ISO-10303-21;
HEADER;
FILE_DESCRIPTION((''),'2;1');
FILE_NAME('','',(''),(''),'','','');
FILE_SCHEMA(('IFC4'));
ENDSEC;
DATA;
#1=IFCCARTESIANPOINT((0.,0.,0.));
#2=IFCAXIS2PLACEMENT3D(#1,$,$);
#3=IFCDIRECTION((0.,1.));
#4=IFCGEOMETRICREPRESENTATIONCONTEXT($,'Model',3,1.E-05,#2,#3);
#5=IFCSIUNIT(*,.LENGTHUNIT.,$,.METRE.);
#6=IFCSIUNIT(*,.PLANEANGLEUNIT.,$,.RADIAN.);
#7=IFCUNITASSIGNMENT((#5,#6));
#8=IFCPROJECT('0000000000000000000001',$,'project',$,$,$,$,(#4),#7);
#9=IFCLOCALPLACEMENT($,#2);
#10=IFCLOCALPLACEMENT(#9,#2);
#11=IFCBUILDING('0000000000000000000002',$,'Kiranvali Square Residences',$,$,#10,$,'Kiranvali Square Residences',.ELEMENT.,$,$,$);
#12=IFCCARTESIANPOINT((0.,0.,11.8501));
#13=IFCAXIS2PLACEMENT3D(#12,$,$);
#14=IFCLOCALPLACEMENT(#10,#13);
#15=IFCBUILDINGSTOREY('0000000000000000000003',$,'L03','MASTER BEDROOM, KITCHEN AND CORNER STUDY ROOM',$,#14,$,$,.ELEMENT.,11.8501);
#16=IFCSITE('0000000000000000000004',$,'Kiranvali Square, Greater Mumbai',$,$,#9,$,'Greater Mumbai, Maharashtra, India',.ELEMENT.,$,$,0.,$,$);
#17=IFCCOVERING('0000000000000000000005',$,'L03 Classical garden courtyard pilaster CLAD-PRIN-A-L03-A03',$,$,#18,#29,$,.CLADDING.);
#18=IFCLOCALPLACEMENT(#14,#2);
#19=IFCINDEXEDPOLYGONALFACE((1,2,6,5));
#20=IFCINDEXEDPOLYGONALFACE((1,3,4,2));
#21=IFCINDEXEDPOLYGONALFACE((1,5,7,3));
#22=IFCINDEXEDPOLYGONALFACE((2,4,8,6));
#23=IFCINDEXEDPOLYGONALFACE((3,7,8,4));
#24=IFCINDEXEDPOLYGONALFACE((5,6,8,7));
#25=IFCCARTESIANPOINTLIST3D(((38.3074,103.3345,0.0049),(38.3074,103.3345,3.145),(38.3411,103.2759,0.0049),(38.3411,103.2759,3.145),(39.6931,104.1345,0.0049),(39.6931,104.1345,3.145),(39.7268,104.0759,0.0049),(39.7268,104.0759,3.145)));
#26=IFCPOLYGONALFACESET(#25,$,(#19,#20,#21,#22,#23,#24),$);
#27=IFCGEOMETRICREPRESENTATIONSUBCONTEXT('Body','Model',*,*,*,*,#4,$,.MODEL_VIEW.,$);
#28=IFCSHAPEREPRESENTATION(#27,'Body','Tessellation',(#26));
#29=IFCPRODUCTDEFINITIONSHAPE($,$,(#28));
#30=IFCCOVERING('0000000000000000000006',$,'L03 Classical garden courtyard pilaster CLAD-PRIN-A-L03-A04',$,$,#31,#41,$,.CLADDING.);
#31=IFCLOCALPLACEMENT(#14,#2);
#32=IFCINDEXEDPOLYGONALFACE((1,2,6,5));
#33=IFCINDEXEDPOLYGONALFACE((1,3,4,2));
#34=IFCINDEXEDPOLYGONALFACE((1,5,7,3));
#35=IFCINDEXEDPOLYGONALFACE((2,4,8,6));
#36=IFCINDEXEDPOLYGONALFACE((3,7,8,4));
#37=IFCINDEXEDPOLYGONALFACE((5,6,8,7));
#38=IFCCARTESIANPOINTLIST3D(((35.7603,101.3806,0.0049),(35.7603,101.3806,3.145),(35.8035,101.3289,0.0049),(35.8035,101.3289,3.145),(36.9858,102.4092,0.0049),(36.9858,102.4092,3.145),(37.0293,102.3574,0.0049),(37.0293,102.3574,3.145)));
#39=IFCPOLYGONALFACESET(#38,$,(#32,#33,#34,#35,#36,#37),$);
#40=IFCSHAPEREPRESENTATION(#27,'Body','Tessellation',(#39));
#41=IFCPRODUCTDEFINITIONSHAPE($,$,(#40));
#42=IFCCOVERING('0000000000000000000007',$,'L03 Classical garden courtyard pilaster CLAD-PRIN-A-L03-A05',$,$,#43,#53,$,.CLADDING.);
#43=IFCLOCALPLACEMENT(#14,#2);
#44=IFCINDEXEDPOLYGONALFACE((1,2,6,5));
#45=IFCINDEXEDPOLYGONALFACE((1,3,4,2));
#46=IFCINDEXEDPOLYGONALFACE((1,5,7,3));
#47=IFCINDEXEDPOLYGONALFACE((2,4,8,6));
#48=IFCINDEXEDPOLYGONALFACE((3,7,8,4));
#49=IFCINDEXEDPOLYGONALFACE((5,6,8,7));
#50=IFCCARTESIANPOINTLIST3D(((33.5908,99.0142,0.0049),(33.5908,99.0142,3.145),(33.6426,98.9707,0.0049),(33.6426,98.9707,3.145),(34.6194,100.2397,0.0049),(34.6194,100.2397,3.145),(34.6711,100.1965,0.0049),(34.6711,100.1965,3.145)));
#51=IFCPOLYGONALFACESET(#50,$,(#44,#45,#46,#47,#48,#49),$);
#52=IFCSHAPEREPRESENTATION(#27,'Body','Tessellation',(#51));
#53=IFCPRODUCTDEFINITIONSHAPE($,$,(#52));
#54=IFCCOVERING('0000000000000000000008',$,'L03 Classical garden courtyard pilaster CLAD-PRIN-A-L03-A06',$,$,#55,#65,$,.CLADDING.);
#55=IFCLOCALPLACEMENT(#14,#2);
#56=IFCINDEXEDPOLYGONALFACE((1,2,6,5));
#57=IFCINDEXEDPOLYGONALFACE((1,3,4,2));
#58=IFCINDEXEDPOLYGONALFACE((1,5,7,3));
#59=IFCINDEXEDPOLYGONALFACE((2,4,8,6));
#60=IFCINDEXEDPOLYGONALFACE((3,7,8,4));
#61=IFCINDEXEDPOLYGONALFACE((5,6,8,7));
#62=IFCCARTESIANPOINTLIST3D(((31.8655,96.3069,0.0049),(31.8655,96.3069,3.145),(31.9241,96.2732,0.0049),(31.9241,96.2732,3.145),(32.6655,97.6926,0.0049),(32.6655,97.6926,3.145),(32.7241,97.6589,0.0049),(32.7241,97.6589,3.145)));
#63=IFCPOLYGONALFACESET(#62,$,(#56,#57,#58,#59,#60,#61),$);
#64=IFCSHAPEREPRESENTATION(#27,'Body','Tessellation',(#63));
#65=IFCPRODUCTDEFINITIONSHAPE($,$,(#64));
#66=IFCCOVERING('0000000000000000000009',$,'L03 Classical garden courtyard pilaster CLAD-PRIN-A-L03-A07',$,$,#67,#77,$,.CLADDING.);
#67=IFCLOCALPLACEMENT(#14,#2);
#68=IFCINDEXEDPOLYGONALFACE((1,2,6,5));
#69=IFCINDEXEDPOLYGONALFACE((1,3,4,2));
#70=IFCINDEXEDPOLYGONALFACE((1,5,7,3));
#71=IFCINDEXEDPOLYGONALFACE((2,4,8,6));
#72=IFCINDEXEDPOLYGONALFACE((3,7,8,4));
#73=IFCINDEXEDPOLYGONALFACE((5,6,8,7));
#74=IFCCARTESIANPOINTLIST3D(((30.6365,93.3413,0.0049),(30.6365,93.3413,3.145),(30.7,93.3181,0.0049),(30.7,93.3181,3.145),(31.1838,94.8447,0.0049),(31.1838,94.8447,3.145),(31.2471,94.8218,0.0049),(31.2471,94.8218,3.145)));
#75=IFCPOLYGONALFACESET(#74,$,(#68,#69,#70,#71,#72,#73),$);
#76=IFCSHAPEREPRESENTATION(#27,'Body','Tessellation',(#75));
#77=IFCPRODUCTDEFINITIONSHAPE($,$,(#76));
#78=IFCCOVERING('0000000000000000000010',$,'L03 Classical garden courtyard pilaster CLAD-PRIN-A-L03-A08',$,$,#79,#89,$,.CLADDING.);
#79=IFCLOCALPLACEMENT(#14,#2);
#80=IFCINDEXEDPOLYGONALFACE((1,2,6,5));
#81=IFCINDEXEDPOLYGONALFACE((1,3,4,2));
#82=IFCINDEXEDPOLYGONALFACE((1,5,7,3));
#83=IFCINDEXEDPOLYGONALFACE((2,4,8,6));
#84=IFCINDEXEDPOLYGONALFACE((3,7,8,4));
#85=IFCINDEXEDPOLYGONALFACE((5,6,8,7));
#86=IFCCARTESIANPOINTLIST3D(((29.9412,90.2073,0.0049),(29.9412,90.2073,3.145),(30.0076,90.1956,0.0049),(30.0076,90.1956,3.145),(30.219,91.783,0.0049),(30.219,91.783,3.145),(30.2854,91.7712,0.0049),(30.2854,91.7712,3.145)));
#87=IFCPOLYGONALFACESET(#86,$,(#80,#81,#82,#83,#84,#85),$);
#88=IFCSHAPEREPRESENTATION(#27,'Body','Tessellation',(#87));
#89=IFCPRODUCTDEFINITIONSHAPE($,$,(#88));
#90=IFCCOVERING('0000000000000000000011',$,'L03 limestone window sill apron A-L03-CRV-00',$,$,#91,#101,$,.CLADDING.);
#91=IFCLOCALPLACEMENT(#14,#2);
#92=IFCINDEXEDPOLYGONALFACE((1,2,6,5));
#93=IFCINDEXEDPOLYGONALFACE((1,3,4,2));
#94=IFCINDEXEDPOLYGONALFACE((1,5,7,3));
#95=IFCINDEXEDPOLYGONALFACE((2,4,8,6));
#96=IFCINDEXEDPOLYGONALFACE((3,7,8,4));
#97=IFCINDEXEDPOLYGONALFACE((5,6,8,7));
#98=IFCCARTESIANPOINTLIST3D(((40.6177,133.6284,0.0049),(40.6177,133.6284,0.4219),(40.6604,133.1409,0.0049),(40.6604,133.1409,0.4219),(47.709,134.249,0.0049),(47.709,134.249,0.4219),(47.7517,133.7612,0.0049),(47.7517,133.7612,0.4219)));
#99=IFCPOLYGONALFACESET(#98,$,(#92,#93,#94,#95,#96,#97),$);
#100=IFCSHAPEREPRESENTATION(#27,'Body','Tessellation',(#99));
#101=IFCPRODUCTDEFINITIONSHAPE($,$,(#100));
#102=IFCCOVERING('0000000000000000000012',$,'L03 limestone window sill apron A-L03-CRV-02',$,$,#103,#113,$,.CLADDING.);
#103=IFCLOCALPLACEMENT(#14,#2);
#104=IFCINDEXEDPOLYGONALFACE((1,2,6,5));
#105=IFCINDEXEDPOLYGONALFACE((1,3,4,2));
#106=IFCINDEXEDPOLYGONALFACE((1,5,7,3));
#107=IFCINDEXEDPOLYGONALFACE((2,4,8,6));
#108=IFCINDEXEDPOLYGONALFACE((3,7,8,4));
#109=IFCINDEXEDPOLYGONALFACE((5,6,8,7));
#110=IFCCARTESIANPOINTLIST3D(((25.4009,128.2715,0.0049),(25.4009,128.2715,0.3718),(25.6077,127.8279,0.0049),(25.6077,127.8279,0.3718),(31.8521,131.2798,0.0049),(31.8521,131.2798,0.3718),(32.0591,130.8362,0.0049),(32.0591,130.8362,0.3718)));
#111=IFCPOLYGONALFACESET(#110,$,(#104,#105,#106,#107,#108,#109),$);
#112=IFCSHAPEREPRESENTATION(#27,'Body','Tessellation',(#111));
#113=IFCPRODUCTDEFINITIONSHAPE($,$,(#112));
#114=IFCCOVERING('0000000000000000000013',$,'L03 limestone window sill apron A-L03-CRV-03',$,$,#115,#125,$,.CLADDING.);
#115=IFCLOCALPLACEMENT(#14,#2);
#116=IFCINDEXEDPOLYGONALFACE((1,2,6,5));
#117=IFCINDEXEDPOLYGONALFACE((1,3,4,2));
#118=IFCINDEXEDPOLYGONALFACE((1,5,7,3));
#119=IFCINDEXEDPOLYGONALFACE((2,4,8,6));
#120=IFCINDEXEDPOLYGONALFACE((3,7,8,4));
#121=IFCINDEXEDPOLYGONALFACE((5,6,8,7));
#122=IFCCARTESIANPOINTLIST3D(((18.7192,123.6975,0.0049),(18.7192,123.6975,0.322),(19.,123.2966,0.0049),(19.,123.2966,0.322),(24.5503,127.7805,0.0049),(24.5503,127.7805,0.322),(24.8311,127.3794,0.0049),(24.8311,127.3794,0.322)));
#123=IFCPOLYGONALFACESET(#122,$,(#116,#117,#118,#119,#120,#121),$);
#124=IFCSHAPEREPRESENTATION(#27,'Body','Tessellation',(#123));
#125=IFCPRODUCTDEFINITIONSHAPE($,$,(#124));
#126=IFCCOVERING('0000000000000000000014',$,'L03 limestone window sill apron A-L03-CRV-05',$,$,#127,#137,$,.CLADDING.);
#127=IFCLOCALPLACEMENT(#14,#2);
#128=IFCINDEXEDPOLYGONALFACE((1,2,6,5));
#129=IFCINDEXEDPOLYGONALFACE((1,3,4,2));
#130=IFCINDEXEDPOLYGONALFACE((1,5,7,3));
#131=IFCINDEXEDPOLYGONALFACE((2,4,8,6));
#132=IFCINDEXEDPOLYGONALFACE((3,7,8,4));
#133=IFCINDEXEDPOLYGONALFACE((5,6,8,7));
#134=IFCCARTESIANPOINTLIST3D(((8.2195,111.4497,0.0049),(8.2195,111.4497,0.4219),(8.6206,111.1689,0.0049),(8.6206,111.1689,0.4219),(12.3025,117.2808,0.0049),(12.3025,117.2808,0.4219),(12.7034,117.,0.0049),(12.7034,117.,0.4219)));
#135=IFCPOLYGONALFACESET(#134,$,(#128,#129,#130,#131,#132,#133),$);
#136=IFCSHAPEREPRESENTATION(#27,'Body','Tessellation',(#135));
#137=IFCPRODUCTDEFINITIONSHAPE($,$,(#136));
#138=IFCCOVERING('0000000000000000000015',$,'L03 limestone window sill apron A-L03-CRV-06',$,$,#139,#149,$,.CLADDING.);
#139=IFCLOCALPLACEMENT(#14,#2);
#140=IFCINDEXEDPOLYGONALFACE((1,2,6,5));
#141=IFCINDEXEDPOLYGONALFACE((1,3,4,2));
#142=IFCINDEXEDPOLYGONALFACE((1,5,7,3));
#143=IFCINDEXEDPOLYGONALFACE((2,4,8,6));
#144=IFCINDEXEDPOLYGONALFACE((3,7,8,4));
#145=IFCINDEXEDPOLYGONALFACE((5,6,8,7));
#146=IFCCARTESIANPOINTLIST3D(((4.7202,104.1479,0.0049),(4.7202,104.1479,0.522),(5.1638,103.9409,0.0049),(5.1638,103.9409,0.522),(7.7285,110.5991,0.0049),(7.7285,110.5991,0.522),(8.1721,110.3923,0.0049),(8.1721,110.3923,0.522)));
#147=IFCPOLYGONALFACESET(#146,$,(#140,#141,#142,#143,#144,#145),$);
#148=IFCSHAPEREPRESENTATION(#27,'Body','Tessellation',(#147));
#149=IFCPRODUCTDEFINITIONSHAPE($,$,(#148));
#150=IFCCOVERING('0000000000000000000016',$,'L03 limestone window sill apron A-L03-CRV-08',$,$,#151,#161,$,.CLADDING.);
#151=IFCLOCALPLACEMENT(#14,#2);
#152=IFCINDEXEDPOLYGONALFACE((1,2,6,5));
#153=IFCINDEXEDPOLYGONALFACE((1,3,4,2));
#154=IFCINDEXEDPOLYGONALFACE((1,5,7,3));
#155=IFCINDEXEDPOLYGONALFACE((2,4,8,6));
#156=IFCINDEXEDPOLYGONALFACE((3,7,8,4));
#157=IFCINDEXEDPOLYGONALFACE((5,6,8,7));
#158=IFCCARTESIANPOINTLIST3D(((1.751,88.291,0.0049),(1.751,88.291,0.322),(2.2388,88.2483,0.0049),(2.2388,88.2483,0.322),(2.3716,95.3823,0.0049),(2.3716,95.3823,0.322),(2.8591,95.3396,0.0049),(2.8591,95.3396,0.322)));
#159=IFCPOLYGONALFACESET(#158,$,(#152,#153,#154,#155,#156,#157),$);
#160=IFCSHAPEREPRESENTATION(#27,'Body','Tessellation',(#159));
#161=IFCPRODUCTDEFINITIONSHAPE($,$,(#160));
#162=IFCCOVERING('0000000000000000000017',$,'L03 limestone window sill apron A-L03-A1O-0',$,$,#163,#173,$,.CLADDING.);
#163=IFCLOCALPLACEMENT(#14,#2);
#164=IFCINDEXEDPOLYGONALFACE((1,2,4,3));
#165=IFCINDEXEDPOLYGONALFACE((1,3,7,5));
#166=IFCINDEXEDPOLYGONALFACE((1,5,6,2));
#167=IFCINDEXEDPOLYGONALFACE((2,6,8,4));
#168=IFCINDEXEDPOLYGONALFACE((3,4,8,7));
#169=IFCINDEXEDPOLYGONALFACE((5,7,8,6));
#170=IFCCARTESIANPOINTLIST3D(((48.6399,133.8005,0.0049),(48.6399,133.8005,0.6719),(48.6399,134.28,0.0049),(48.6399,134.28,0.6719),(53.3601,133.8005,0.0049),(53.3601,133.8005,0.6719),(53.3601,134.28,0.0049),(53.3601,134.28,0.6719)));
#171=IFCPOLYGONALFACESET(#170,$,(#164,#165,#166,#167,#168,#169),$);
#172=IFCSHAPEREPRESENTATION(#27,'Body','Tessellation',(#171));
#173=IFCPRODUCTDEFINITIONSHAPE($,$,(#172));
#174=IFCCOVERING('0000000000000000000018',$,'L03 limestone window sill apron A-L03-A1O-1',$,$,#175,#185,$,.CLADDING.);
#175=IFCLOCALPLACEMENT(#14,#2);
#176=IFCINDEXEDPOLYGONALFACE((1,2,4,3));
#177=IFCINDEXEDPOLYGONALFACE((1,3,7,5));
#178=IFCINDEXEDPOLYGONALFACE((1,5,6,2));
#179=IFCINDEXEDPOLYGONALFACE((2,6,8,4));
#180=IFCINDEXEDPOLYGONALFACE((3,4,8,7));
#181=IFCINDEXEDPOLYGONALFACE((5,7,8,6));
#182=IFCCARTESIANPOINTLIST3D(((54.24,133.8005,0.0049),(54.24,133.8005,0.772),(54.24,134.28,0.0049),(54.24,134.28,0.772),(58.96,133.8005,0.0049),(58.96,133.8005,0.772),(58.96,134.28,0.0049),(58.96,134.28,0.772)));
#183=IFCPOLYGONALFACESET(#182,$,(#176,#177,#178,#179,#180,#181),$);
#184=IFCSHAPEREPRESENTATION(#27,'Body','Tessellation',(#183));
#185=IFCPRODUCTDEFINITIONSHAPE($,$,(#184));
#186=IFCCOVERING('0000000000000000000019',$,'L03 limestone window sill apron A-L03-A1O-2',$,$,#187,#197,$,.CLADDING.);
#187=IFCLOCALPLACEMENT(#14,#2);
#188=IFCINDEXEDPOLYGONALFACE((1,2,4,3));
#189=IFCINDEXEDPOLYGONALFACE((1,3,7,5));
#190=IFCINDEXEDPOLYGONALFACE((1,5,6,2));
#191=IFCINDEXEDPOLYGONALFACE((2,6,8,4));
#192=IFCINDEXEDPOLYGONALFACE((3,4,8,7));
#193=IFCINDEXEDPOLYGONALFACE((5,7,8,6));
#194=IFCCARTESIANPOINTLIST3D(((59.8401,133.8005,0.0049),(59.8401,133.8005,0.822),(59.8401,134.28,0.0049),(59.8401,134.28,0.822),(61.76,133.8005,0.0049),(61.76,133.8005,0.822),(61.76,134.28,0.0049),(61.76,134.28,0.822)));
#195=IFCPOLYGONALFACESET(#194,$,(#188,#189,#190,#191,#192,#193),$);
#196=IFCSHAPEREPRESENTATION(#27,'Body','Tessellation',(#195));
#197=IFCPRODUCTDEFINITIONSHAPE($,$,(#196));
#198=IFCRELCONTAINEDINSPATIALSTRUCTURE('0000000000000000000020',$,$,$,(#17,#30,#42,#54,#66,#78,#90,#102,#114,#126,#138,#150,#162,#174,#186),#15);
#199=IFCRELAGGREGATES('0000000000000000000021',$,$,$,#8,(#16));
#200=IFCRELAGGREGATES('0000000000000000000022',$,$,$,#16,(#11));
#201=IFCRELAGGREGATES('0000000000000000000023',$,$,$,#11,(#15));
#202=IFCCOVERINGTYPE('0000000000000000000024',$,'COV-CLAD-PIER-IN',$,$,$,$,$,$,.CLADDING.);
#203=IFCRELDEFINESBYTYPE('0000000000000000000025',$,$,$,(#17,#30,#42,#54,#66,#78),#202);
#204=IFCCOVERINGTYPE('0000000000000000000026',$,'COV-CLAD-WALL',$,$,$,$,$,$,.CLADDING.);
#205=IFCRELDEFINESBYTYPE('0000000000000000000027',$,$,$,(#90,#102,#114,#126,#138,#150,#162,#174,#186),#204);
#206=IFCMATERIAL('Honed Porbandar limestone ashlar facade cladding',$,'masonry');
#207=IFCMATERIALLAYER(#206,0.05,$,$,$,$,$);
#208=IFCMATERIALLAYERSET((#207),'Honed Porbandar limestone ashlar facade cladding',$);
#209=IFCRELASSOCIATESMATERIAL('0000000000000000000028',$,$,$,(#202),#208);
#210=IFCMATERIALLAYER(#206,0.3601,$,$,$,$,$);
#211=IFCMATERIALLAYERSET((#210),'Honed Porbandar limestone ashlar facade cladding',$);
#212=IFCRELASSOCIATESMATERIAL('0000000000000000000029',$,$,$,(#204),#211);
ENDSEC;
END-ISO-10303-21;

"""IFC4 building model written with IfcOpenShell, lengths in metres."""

from ifc_helpers import new_model, si_unit, direction, frame, origin, place, context, subcontext, project, spatial, polyline, outline, extrude, material, layer, layer_set, type_object, element, save


model = new_model("IFC4")

# Units and contexts
model_context = context("Model", 3, precision=1e-05, world=origin(), true_north=direction((0.0, 1.0)))
body_context = subcontext(model_context, "Body", "Model", "MODEL_VIEW")
ifc_project = project(units=[si_unit("LENGTHUNIT", "METRE"), si_unit("PLANEANGLEUNIT", "RADIAN")], contexts=[model_context])

# Site, building, storey
site_placement = place(None, origin())
site = spatial("IfcSite", under=ifc_project, at=site_placement, Name="Kiranvali Square, Greater Mumbai", LongName="Greater Mumbai, Maharashtra, India", CompositionType="ELEMENT", RefElevation=0.0)
building_placement = place(site_placement, origin())
building = spatial("IfcBuilding", under=site, at=building_placement, Name="Kiranvali Square Residences", LongName="Kiranvali Square Residences", CompositionType="ELEMENT")
storey_placement = place(building_placement, frame((0.0, 0.0, 11.8501)))
storey = spatial("IfcBuildingStorey", under=building, at=storey_placement, Name="L03", Description="MASTER BEDROOM, KITCHEN AND CORNER STUDY ROOM", CompositionType="ELEMENT", Elevation=11.8501)

# Coverings
ifc_material = material(Name="Honed Porbandar limestone ashlar facade cladding", Category="masonry")
ifc_layer_1 = layer(ifc_material, 0.05)
ifc_layer_set_1 = layer_set([ifc_layer_1], Name="Honed Porbandar limestone ashlar facade cladding")
covering_type_1 = type_object("IfcCoveringType", Name="COV-CLAD-PIER-IN", PredefinedType="CLADDING", material=ifc_layer_set_1)
covering_1_placement = place(storey_placement, frame((0.0, 0.0, 0.0049)))
element("IfcCovering", 1, at=covering_1_placement, inside=storey, type_object=covering_type_1, Name="L03 Classical garden courtyard pilaster CLAD-PRIN-A-L03-A03", PredefinedType="CLADDING", context=body_context, shape_type="SweptSolid", body=[
    extrude(outline(polyline([(38.3411, 103.2759), (39.7268, 104.0759), (39.6931, 104.1345), (38.3074, 103.3345), (38.3411, 103.2759)])), origin(), (0.0, 0.0, 1.0), 3.1401),
])
covering_2_placement = place(storey_placement, frame((0.0, 0.0, 0.0049)))
element("IfcCovering", 2, at=covering_2_placement, inside=storey, type_object=covering_type_1, Name="L03 Classical garden courtyard pilaster CLAD-PRIN-A-L03-A04", PredefinedType="CLADDING", context=body_context, shape_type="SweptSolid", body=[
    extrude(outline(polyline([(35.8035, 101.3289), (37.0293, 102.3574), (36.9858, 102.4092), (35.7603, 101.3806), (35.8035, 101.3289)])), origin(), (0.0, 0.0, 1.0), 3.1401),
])
covering_3_placement = place(storey_placement, frame((0.0, 0.0, 0.0049)))
element("IfcCovering", 3, at=covering_3_placement, inside=storey, type_object=covering_type_1, Name="L03 Classical garden courtyard pilaster CLAD-PRIN-A-L03-A05", PredefinedType="CLADDING", context=body_context, shape_type="SweptSolid", body=[
    extrude(outline(polyline([(33.6426, 98.9707), (34.6711, 100.1965), (34.6194, 100.2397), (33.5908, 99.0142), (33.6426, 98.9707)])), origin(), (0.0, 0.0, 1.0), 3.1401),
])
covering_4_placement = place(storey_placement, frame((0.0, 0.0, 0.0049)))
element("IfcCovering", 4, at=covering_4_placement, inside=storey, type_object=covering_type_1, Name="L03 Classical garden courtyard pilaster CLAD-PRIN-A-L03-A06", PredefinedType="CLADDING", context=body_context, shape_type="SweptSolid", body=[
    extrude(outline(polyline([(31.9241, 96.2732), (32.7241, 97.6589), (32.6655, 97.6926), (31.8655, 96.3069), (31.9241, 96.2732)])), origin(), (0.0, 0.0, 1.0), 3.1401),
])
covering_5_placement = place(storey_placement, frame((0.0, 0.0, 0.0049)))
element("IfcCovering", 5, at=covering_5_placement, inside=storey, type_object=covering_type_1, Name="L03 Classical garden courtyard pilaster CLAD-PRIN-A-L03-A07", PredefinedType="CLADDING", context=body_context, shape_type="SweptSolid", body=[
    extrude(outline(polyline([(30.7, 93.3181), (31.2471, 94.8218), (31.1838, 94.8447), (30.6365, 93.3413), (30.7, 93.3181)])), origin(), (0.0, 0.0, 1.0), 3.1401),
])
covering_6_placement = place(storey_placement, frame((0.0, 0.0, 0.0049)))
element("IfcCovering", 6, at=covering_6_placement, inside=storey, type_object=covering_type_1, Name="L03 Classical garden courtyard pilaster CLAD-PRIN-A-L03-A08", PredefinedType="CLADDING", context=body_context, shape_type="SweptSolid", body=[
    extrude(outline(polyline([(30.0076, 90.1956), (30.2854, 91.7712), (30.219, 91.783), (29.9412, 90.2073), (30.0076, 90.1956)])), origin(), (0.0, 0.0, 1.0), 3.1401),
])
ifc_layer_2 = layer(ifc_material, 0.3601)
ifc_layer_set_2 = layer_set([ifc_layer_2], Name="Honed Porbandar limestone ashlar facade cladding")
covering_type_2 = type_object("IfcCoveringType", Name="COV-CLAD-WALL", PredefinedType="CLADDING", material=ifc_layer_set_2)
covering_7_placement = place(storey_placement, frame((0.0, 0.0, 0.0049)))
element("IfcCovering", 7, at=covering_7_placement, inside=storey, type_object=covering_type_2, Name="L03 limestone window sill apron A-L03-CRV-00", PredefinedType="CLADDING", context=body_context, shape_type="SweptSolid", body=[
    extrude(outline(polyline([(47.709, 134.249), (40.6177, 133.6284), (40.6604, 133.1409), (47.7517, 133.7612), (47.709, 134.249)])), origin(), (0.0, 0.0, 1.0), 0.417),
])
covering_8_placement = place(storey_placement, frame((0.0, 0.0, 0.0049)))
element("IfcCovering", 8, at=covering_8_placement, inside=storey, type_object=covering_type_2, Name="L03 limestone window sill apron A-L03-CRV-02", PredefinedType="CLADDING", context=body_context, shape_type="SweptSolid", body=[
    extrude(outline(polyline([(31.8521, 131.2798), (25.4009, 128.2715), (25.6077, 127.8279), (32.0591, 130.8362), (31.8521, 131.2798)])), origin(), (0.0, 0.0, 1.0), 0.3669),
])
covering_9_placement = place(storey_placement, frame((0.0, 0.0, 0.0049)))
element("IfcCovering", 9, at=covering_9_placement, inside=storey, type_object=covering_type_2, Name="L03 limestone window sill apron A-L03-CRV-03", PredefinedType="CLADDING", context=body_context, shape_type="SweptSolid", body=[
    extrude(outline(polyline([(24.5503, 127.7805), (18.7192, 123.6975), (19.0, 123.2966), (24.8311, 127.3794), (24.5503, 127.7805)])), origin(), (0.0, 0.0, 1.0), 0.3171),
])
covering_10_placement = place(storey_placement, frame((0.0, 0.0, 0.0049)))
element("IfcCovering", 10, at=covering_10_placement, inside=storey, type_object=covering_type_2, Name="L03 limestone window sill apron A-L03-CRV-05", PredefinedType="CLADDING", context=body_context, shape_type="SweptSolid", body=[
    extrude(outline(polyline([(12.3025, 117.2808), (8.2195, 111.4497), (8.6206, 111.1689), (12.7034, 117.0), (12.3025, 117.2808)])), origin(), (0.0, 0.0, 1.0), 0.417),
])
covering_11_placement = place(storey_placement, frame((0.0, 0.0, 0.0049)))
element("IfcCovering", 11, at=covering_11_placement, inside=storey, type_object=covering_type_2, Name="L03 limestone window sill apron A-L03-CRV-06", PredefinedType="CLADDING", context=body_context, shape_type="SweptSolid", body=[
    extrude(outline(polyline([(7.7285, 110.5991), (4.7202, 104.1479), (5.1638, 103.9409), (8.1721, 110.3923), (7.7285, 110.5991)])), origin(), (0.0, 0.0, 1.0), 0.5171),
])
covering_12_placement = place(storey_placement, frame((0.0, 0.0, 0.0049)))
element("IfcCovering", 12, at=covering_12_placement, inside=storey, type_object=covering_type_2, Name="L03 limestone window sill apron A-L03-CRV-08", PredefinedType="CLADDING", context=body_context, shape_type="SweptSolid", body=[
    extrude(outline(polyline([(2.3716, 95.3823), (1.751, 88.291), (2.2388, 88.2483), (2.8591, 95.3396), (2.3716, 95.3823)])), origin(), (0.0, 0.0, 1.0), 0.3171),
])
covering_13_placement = place(storey_placement, frame((0.0, 0.0, 0.0049)))
element("IfcCovering", 13, at=covering_13_placement, inside=storey, type_object=covering_type_2, Name="L03 limestone window sill apron A-L03-A1O-0", PredefinedType="CLADDING", context=body_context, shape_type="SweptSolid", body=[
    extrude(outline(polyline([(48.6399, 133.8005), (53.3601, 133.8005), (53.3601, 134.28), (48.6399, 134.28), (48.6399, 133.8005)])), origin(), (0.0, 0.0, 1.0), 0.667),
])
covering_14_placement = place(storey_placement, frame((0.0, 0.0, 0.0049)))
element("IfcCovering", 14, at=covering_14_placement, inside=storey, type_object=covering_type_2, Name="L03 limestone window sill apron A-L03-A1O-1", PredefinedType="CLADDING", context=body_context, shape_type="SweptSolid", body=[
    extrude(outline(polyline([(54.24, 133.8005), (58.96, 133.8005), (58.96, 134.28), (54.24, 134.28), (54.24, 133.8005)])), origin(), (0.0, 0.0, 1.0), 0.7671),
])
covering_15_placement = place(storey_placement, frame((0.0, 0.0, 0.0049)))
element("IfcCovering", 15, at=covering_15_placement, inside=storey, type_object=covering_type_2, Name="L03 limestone window sill apron A-L03-A1O-2", PredefinedType="CLADDING", context=body_context, shape_type="SweptSolid", body=[
    extrude(outline(polyline([(59.8401, 133.8005), (61.76, 133.8005), (61.76, 134.28), (59.8401, 134.28), (59.8401, 133.8005)])), origin(), (0.0, 0.0, 1.0), 0.8171),
])

save(model, "model.ifc")
